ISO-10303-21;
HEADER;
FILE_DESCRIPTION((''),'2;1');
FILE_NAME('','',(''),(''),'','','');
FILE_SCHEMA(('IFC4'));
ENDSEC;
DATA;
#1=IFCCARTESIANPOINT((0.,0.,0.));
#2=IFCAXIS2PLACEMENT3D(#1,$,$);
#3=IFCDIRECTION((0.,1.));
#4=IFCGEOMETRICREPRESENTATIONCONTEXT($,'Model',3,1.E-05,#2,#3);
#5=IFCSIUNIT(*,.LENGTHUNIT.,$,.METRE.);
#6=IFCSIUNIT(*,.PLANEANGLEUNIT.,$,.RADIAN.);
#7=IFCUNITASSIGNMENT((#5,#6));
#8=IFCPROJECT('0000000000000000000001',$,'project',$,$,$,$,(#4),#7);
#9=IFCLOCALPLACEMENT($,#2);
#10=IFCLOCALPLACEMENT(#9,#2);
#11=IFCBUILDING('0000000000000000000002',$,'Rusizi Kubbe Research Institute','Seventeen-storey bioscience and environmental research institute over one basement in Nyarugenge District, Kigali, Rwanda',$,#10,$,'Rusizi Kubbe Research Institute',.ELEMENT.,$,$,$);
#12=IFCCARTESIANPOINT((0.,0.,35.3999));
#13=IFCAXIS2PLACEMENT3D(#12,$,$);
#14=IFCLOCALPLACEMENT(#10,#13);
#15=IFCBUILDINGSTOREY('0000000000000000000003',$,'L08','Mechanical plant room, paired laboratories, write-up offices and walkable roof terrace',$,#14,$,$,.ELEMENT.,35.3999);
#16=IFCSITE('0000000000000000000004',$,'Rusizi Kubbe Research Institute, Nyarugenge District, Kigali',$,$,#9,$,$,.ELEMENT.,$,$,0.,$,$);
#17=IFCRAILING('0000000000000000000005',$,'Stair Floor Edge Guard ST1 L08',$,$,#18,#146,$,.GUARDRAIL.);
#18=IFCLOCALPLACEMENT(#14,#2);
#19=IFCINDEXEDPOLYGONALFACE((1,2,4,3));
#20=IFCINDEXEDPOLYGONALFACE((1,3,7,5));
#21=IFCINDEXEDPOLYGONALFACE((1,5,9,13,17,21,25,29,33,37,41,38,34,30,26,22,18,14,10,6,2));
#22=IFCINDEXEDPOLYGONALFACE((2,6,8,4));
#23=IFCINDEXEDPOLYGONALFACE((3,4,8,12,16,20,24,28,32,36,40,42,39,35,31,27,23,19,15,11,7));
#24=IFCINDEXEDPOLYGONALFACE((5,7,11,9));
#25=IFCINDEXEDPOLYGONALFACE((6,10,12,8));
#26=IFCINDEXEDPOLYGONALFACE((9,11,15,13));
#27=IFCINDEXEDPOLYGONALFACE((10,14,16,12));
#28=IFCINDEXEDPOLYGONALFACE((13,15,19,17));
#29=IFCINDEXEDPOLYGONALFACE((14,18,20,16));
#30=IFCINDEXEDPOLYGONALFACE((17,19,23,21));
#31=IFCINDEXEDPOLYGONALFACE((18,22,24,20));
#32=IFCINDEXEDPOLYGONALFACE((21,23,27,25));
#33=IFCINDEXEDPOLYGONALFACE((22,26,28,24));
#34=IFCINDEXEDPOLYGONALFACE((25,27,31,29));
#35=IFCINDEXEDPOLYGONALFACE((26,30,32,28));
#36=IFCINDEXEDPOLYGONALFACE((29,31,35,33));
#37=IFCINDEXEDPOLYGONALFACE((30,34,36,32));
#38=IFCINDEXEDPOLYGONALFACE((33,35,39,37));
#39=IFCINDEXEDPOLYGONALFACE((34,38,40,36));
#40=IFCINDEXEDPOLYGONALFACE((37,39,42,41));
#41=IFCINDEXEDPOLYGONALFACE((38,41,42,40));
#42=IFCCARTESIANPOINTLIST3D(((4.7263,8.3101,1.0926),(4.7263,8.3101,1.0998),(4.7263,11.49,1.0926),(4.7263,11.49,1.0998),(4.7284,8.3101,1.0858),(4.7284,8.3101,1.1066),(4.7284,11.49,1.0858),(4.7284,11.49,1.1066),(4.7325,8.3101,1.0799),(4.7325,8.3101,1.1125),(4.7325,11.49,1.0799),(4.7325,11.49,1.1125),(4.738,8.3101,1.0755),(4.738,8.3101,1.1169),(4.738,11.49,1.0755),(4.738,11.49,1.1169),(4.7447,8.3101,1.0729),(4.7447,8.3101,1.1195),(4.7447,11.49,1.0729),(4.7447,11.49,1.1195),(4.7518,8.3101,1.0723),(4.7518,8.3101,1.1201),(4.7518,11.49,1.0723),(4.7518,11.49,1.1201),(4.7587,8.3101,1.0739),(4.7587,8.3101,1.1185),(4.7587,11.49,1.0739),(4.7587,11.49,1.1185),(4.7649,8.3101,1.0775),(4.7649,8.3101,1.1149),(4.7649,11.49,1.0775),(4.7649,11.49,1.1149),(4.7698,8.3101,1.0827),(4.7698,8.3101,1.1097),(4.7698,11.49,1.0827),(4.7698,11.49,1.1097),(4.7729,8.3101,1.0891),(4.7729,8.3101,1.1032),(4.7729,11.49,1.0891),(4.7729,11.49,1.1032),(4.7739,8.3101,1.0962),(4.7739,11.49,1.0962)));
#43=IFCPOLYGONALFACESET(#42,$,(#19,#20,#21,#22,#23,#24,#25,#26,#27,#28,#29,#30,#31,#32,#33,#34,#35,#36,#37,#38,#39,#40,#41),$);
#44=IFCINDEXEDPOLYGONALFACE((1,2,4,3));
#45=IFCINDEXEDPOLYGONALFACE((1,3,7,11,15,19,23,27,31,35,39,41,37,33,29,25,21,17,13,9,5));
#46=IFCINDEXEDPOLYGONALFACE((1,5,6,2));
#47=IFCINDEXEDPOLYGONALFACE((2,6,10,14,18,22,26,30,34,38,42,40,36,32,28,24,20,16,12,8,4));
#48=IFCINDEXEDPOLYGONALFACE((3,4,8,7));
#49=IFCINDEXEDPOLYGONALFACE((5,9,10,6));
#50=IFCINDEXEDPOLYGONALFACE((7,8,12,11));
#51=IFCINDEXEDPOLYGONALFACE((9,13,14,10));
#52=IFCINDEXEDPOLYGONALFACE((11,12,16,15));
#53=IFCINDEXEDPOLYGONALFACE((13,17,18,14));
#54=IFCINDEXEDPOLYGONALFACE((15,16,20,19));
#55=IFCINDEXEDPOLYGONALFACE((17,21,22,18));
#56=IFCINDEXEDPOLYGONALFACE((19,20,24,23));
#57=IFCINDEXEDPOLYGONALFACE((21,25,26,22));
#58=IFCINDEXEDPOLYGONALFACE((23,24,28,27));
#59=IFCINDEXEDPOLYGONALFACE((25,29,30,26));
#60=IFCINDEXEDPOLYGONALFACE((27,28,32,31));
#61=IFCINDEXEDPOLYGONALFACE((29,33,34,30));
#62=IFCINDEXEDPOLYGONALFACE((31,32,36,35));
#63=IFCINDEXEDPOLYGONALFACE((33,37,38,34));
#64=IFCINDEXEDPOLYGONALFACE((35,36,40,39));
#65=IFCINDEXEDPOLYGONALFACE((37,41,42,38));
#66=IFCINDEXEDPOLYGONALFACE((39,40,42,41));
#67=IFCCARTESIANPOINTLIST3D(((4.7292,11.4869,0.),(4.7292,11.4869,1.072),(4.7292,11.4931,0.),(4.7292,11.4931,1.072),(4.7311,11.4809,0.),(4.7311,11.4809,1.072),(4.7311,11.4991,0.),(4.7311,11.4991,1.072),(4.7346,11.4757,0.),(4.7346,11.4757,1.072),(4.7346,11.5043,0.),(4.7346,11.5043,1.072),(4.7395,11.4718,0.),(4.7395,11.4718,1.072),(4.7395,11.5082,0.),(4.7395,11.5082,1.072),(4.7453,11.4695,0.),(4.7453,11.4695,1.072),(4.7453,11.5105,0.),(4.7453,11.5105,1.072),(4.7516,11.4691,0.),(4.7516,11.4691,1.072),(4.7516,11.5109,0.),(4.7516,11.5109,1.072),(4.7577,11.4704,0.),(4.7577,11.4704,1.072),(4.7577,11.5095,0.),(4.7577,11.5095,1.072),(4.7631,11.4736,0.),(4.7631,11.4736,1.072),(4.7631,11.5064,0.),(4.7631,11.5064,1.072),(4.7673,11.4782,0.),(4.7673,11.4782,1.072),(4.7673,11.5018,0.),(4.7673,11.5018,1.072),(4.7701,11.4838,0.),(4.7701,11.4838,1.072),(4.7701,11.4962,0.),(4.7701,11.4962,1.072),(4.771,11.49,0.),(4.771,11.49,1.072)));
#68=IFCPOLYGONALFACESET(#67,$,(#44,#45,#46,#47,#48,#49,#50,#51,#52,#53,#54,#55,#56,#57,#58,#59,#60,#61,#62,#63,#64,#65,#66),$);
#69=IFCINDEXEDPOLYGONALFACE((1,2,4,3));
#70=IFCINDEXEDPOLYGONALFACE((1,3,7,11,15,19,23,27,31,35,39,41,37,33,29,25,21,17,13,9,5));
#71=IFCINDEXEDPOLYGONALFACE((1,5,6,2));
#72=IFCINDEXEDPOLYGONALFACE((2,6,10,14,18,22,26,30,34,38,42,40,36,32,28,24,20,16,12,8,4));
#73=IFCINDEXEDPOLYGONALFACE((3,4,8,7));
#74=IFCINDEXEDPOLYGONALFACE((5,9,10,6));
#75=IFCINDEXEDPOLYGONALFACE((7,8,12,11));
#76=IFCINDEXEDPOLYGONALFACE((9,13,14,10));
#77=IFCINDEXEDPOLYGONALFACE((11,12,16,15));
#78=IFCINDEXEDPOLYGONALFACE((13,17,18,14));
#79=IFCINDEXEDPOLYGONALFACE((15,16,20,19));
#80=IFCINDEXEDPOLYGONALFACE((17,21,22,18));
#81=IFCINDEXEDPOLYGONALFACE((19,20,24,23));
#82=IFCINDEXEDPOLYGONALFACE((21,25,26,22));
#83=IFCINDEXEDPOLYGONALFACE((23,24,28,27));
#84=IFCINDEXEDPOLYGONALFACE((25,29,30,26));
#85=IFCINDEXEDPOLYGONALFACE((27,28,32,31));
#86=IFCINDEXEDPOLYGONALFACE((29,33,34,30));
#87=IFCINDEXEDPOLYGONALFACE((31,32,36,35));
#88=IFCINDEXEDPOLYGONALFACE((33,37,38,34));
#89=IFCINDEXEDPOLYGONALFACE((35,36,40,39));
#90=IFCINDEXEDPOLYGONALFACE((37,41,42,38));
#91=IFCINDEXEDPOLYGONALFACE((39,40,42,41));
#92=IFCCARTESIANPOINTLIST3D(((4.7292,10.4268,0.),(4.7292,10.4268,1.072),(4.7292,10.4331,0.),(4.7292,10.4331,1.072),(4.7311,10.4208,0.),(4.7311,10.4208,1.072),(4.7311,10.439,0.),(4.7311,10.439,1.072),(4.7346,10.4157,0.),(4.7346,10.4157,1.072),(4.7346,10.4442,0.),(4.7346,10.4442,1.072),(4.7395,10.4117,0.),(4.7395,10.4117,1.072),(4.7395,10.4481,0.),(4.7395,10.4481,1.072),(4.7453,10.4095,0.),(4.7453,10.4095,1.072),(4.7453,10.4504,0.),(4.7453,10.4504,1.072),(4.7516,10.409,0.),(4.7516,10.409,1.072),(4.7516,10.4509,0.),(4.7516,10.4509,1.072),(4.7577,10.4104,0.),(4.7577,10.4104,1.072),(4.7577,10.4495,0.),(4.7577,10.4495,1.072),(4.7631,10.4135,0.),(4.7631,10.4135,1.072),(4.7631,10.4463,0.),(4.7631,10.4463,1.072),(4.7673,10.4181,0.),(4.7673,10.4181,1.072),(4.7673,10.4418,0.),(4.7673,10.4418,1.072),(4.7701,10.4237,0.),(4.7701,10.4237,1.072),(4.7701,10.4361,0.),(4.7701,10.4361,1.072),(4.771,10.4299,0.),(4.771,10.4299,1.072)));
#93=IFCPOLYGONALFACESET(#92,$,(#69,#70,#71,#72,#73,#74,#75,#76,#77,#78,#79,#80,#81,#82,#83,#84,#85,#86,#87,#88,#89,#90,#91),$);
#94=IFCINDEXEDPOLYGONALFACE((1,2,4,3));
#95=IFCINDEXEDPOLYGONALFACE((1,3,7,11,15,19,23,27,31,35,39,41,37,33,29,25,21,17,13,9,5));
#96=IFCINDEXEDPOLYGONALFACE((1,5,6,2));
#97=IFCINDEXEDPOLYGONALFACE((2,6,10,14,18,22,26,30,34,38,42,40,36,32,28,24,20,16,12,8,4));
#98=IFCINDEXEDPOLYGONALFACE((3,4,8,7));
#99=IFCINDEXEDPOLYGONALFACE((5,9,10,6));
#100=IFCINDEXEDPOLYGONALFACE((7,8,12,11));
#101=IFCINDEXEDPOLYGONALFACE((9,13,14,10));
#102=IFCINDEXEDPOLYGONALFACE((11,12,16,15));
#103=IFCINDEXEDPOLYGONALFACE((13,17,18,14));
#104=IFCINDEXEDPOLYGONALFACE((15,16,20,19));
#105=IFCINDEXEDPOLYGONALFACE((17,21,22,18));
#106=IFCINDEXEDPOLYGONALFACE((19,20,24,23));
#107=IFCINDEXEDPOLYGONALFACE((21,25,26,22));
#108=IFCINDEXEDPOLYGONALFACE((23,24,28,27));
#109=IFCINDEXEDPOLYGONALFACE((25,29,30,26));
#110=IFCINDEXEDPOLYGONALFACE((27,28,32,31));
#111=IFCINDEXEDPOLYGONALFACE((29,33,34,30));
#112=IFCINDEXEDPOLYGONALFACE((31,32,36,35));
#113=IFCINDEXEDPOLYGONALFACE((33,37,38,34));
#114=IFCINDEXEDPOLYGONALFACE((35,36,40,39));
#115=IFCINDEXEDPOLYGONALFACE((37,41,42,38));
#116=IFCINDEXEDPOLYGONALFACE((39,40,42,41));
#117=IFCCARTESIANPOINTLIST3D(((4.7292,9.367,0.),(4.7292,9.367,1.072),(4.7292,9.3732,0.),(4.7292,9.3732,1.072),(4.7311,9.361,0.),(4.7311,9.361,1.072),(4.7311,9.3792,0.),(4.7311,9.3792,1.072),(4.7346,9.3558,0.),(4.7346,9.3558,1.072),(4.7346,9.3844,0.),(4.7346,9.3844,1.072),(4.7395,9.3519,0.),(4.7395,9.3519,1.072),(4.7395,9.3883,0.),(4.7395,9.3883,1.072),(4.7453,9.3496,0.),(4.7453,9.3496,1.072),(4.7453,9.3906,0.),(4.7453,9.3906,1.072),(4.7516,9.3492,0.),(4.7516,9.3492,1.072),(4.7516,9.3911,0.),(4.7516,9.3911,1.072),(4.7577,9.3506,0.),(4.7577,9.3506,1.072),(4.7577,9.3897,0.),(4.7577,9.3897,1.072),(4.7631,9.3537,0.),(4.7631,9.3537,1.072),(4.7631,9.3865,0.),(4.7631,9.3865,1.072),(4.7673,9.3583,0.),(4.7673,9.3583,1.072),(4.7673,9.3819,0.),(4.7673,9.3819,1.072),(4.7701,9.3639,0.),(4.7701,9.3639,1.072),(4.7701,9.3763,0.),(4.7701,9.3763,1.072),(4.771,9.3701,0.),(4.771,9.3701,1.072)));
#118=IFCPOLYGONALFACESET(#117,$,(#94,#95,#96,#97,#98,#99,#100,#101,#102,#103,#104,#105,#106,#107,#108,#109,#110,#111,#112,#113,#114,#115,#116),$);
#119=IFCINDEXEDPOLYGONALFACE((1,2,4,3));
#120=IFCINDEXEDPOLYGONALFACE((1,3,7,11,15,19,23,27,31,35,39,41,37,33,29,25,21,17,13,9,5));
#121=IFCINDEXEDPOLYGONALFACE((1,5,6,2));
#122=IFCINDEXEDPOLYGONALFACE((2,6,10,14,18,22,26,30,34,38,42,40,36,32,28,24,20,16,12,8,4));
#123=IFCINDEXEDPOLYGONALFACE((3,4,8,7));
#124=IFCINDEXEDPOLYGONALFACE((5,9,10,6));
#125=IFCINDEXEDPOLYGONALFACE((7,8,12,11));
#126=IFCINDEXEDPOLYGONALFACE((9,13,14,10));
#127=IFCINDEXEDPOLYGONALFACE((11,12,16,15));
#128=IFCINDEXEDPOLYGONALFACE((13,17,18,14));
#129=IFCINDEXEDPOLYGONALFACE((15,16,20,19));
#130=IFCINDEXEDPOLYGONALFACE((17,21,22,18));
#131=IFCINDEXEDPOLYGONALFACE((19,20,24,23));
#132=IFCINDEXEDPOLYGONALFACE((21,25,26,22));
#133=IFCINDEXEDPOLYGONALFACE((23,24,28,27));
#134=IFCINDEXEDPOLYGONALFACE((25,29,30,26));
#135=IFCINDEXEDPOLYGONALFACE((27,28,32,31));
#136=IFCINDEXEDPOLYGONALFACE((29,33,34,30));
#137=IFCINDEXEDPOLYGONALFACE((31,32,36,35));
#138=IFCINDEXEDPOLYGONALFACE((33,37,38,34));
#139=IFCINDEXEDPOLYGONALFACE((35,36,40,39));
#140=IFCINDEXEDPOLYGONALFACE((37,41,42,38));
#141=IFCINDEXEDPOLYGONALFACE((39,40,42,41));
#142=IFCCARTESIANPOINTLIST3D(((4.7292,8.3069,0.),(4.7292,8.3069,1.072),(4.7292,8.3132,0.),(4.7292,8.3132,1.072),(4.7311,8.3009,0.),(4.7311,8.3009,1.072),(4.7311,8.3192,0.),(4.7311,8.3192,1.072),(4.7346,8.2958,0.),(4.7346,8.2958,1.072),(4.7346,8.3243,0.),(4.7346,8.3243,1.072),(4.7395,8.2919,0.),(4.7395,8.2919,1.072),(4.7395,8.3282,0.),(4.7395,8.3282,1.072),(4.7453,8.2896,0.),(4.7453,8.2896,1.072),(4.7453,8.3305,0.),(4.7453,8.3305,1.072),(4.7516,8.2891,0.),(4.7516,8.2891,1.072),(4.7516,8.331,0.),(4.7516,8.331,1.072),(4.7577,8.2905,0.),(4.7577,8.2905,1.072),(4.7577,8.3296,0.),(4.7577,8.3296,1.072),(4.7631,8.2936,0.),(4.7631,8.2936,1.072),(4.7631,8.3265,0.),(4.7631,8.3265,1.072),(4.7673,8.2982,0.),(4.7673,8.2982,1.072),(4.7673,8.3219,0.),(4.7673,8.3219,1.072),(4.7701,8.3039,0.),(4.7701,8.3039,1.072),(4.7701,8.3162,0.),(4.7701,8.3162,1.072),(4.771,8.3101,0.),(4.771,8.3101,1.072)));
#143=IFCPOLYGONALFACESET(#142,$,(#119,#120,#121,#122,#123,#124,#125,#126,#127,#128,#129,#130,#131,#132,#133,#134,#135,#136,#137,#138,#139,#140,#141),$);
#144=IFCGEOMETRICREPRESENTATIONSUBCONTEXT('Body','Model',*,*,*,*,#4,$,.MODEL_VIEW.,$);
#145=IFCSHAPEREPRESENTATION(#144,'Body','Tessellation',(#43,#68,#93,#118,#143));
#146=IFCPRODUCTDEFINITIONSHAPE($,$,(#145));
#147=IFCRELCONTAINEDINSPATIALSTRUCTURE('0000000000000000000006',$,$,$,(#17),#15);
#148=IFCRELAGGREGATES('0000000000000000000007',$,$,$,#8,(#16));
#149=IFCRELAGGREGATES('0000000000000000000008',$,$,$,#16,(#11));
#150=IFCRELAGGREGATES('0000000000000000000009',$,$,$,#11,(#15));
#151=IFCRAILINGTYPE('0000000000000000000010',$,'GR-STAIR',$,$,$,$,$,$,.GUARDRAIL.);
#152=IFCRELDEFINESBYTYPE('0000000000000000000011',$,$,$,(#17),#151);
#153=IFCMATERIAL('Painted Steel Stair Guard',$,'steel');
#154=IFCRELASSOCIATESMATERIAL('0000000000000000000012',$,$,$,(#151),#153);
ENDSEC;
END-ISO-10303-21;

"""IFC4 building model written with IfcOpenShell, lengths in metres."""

from ifc_helpers import new_model, si_unit, direction, frame, origin, origin_2d, place, context, subcontext, project, spatial, circle, extrude, material, type_object, element, save


model = new_model("IFC4")

# Units and contexts
model_context = context("Model", 3, precision=1e-05, world=origin(), true_north=direction((0.0, 1.0)))
body_context = subcontext(model_context, "Body", "Model", "MODEL_VIEW")
ifc_project = project(units=[si_unit("LENGTHUNIT", "METRE"), si_unit("PLANEANGLEUNIT", "RADIAN")], contexts=[model_context])

# Site, building, storey
site_placement = place(None, origin())
site = spatial("IfcSite", under=ifc_project, at=site_placement, Name="Rusizi Kubbe Research Institute, Nyarugenge District, Kigali", CompositionType="ELEMENT", RefElevation=0.0)
building_placement = place(site_placement, origin())
building = spatial("IfcBuilding", under=site, at=building_placement, Name="Rusizi Kubbe Research Institute", Description="Seventeen-storey bioscience and environmental research institute over one basement in Nyarugenge District, Kigali, Rwanda", LongName="Rusizi Kubbe Research Institute", CompositionType="ELEMENT")
storey_placement = place(building_placement, frame((0.0, 0.0, 35.3999)))
storey = spatial("IfcBuildingStorey", under=building, at=storey_placement, Name="L08", Description="Mechanical plant room, paired laboratories, write-up offices and walkable roof terrace", CompositionType="ELEMENT", Elevation=35.3999)

# Railing
ifc_material_1 = material(Name="Painted Steel Stair Guard", Category="steel")
railing_type = type_object("IfcRailingType", Name="GR-STAIR", PredefinedType="GUARDRAIL", material=ifc_material_1)
railing_1_placement = place(storey_placement, frame((4.75, 11.49, 0.0)))
element("IfcRailing", 1, at=railing_1_placement, inside=storey, type_object=railing_type, Name="Stair Floor Edge Guard ST1 L08", PredefinedType="GUARDRAIL", context=body_context, shape_type="SweptSolid", body=[
    extrude(circle(Radius=0.0239, at=origin_2d()), frame((0.0, 0.0, 1.0962), z_axis=(0.0, -1.0, 0.0), x_axis=(1.0, 0.0, 0.0)), (0.0, 0.0, 1.0), 3.1799),
    extrude(circle(Radius=0.021, at=origin_2d()), origin(), (0.0, 0.0, 1.0), 1.072),
    extrude(circle(Radius=0.021, at=origin_2d()), frame((0.0, -1.0601, 0.0)), (0.0, 0.0, 1.0), 1.072),
    extrude(circle(Radius=0.021, at=origin_2d()), frame((0.0, -2.1199, 0.0)), (0.0, 0.0, 1.0), 1.072),
    extrude(circle(Radius=0.021, at=origin_2d()), frame((0.0, -3.1799, 0.0)), (0.0, 0.0, 1.0), 1.072),
])

save(model, "model.ifc")
